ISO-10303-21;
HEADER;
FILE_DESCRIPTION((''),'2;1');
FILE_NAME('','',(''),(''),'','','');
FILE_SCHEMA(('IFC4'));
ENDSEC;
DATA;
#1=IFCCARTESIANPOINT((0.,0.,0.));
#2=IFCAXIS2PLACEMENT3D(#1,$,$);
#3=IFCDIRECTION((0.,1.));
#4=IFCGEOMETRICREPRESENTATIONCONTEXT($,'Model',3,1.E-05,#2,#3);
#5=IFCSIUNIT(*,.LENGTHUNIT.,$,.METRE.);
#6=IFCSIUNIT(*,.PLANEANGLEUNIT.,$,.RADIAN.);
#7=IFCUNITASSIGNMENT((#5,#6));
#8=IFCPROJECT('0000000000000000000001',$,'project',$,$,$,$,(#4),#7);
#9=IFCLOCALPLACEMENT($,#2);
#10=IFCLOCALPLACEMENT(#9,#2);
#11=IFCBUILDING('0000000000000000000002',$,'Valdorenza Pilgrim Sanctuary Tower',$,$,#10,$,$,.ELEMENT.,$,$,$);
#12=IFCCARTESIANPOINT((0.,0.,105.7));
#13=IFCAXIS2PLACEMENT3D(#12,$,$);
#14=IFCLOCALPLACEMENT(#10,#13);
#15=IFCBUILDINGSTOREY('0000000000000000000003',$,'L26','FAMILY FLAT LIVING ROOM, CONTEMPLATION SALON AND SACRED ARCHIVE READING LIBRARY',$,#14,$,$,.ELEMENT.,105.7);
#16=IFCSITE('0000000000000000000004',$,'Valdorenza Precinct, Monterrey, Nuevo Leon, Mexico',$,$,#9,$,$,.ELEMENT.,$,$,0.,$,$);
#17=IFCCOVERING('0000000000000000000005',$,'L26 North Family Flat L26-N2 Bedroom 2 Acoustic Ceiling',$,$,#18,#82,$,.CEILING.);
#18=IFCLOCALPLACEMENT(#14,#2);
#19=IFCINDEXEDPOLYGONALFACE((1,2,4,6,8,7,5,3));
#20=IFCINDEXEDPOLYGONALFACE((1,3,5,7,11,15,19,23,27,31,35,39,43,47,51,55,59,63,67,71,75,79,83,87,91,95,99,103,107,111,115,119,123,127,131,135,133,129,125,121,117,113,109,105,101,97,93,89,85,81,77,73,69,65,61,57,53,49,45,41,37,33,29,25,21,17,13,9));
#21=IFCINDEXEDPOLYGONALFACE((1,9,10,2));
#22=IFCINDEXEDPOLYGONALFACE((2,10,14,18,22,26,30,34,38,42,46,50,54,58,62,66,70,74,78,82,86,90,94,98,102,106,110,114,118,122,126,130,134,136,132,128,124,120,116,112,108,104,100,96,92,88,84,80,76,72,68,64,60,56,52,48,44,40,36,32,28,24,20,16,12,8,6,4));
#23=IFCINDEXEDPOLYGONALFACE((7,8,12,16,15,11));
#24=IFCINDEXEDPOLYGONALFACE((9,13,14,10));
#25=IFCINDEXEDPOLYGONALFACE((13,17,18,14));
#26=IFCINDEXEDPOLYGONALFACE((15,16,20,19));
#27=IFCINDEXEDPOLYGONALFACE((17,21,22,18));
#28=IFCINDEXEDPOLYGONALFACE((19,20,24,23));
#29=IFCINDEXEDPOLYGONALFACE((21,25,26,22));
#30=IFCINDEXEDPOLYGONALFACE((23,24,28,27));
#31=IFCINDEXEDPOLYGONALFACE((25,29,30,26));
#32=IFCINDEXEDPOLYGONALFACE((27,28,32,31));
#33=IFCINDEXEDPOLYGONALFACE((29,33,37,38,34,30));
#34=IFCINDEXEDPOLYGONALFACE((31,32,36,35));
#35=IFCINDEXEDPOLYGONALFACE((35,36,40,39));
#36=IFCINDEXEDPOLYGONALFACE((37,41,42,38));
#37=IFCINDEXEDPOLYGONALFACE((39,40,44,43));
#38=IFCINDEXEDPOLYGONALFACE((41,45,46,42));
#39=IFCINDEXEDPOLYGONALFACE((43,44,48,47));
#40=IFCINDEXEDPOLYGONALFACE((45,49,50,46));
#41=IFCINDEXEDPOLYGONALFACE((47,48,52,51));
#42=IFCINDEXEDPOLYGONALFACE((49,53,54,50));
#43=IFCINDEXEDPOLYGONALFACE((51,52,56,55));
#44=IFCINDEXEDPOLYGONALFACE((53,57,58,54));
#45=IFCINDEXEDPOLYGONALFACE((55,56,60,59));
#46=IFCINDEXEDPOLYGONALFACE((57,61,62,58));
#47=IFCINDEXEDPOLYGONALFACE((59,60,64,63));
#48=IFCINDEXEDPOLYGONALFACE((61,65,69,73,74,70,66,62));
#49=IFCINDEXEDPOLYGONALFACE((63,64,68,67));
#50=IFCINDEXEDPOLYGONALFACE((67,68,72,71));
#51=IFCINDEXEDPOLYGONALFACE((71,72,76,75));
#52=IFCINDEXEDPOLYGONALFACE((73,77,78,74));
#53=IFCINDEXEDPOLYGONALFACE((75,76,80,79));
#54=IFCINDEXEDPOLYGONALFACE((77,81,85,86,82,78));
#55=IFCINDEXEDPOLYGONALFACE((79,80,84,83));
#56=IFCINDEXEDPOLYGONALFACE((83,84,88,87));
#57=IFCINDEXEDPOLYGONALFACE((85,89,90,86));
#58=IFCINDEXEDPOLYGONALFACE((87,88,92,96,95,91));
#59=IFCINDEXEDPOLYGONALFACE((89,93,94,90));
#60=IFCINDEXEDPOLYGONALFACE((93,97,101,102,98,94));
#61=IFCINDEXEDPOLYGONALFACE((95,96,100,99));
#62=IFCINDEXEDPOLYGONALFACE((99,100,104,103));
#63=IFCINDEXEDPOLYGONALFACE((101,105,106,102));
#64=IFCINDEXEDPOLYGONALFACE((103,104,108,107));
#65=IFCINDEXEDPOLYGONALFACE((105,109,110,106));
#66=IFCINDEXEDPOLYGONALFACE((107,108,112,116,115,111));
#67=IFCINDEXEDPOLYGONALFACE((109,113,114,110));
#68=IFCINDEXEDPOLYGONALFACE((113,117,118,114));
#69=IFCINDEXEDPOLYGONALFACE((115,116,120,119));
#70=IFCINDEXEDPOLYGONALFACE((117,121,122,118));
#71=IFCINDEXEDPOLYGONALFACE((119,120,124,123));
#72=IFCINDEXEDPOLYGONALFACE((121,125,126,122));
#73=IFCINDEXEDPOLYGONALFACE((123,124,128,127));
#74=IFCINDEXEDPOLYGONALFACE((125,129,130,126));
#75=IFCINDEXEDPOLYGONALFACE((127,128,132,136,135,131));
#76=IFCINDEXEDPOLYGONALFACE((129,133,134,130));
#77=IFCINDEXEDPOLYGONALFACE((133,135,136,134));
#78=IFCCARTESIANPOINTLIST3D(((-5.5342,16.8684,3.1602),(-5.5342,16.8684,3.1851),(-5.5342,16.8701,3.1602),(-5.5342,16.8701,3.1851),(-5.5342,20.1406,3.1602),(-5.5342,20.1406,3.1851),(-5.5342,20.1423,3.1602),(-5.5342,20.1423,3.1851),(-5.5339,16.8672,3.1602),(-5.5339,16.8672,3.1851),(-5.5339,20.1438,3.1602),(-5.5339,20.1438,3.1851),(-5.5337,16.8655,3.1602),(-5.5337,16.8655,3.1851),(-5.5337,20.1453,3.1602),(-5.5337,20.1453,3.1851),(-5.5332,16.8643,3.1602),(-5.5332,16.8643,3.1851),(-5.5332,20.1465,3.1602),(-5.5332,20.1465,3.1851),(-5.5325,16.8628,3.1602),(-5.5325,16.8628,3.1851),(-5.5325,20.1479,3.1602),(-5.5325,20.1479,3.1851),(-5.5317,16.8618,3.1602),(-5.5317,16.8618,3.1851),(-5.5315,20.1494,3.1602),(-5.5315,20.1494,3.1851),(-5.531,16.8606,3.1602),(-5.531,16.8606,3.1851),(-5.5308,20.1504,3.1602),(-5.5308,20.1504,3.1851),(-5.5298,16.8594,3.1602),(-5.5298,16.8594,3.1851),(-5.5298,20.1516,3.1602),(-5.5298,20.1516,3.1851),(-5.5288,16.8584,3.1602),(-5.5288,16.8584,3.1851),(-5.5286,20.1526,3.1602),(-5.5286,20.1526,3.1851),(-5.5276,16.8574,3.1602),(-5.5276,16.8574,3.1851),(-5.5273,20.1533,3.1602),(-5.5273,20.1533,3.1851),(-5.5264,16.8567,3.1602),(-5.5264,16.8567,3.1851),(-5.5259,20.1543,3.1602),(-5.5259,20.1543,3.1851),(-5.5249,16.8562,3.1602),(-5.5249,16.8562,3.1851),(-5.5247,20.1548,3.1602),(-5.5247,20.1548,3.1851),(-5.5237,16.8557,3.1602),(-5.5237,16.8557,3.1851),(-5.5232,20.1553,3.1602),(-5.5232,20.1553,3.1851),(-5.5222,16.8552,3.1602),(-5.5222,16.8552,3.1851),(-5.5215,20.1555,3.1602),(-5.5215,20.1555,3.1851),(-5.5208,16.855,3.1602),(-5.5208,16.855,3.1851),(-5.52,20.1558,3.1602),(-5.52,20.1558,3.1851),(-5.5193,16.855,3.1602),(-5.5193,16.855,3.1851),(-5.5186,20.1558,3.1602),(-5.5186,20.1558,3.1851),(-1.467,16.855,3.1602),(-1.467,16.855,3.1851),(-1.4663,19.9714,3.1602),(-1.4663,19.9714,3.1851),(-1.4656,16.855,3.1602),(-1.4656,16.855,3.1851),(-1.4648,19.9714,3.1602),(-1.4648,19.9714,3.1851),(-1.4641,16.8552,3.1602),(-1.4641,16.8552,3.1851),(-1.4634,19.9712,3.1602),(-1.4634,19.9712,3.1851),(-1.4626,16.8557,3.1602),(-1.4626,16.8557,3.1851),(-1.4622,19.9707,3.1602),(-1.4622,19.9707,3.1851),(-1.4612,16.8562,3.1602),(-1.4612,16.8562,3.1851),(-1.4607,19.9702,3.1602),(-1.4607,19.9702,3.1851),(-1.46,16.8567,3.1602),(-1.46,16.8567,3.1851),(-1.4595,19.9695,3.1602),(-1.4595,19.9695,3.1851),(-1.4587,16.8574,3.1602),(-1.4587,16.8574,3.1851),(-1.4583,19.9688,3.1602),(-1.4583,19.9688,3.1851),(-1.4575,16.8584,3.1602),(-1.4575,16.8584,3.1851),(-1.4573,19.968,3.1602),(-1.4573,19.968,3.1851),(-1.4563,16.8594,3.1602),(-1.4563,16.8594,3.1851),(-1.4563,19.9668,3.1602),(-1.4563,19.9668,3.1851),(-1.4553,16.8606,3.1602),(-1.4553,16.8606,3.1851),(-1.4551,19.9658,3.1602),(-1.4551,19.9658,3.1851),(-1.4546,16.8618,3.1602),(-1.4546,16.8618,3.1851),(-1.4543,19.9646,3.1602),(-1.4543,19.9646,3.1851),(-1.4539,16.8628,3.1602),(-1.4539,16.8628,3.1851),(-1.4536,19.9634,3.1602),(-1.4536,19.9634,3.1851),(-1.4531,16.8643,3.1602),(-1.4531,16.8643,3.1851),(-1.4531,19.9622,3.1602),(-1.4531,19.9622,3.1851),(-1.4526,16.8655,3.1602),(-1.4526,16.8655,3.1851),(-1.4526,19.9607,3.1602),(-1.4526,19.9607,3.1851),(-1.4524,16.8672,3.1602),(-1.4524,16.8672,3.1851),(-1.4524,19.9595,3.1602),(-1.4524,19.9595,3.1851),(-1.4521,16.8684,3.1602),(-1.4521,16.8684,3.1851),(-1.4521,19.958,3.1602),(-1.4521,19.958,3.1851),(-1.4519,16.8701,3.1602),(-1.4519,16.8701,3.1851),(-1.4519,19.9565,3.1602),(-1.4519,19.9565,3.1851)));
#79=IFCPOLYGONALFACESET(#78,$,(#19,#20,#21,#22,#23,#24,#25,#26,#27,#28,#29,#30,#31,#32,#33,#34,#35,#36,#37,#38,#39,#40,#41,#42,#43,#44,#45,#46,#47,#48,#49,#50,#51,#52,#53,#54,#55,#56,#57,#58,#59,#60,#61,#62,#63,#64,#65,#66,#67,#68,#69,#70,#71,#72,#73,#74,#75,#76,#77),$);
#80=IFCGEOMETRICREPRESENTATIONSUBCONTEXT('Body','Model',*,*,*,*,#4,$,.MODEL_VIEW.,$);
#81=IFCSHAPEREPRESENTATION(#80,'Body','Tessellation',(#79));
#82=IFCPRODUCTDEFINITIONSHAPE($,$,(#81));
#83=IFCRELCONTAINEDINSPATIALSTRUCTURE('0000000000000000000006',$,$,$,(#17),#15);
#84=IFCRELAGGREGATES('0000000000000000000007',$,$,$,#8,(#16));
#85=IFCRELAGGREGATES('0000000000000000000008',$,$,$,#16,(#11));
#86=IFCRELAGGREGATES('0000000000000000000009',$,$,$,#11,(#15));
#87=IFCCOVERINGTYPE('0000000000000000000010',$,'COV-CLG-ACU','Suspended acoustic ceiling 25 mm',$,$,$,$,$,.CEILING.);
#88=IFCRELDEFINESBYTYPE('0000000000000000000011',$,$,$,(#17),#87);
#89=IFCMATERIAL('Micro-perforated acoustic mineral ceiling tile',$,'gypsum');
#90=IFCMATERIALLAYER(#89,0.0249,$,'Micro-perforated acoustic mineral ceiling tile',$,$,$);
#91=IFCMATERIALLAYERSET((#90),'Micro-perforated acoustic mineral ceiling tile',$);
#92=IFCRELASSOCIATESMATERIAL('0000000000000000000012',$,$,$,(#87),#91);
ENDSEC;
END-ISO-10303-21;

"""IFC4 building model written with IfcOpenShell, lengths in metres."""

from ifc_helpers import new_model, si_unit, direction, frame, origin, place, context, subcontext, project, spatial, polyline, outline, extrude, material, layer, layer_set, type_object, element, save


model = new_model("IFC4")

# Units and contexts
model_context = context("Model", 3, precision=1e-05, world=origin(), true_north=direction((0.0, 1.0)))
body_context = subcontext(model_context, "Body", "Model", "MODEL_VIEW")
ifc_project = project(units=[si_unit("LENGTHUNIT", "METRE"), si_unit("PLANEANGLEUNIT", "RADIAN")], contexts=[model_context])

# Site, building, storey
site_placement = place(None, origin())
site = spatial("IfcSite", under=ifc_project, at=site_placement, Name="Valdorenza Precinct, Monterrey, Nuevo Leon, Mexico", CompositionType="ELEMENT", RefElevation=0.0)
building_placement = place(site_placement, origin())
building = spatial("IfcBuilding", under=site, at=building_placement, Name="Valdorenza Pilgrim Sanctuary Tower", CompositionType="ELEMENT")
storey_placement = place(building_placement, frame((0.0, 0.0, 105.7)))
storey = spatial("IfcBuildingStorey", under=building, at=storey_placement, Name="L26", Description="FAMILY FLAT LIVING ROOM, CONTEMPLATION SALON AND SACRED ARCHIVE READING LIBRARY", CompositionType="ELEMENT", Elevation=105.7)

# Covering
ifc_material_1 = material(Name="Micro-perforated acoustic mineral ceiling tile", Category="gypsum")
ifc_layer_1 = layer(ifc_material_1, 0.0249, Name="Micro-perforated acoustic mineral ceiling tile")
ifc_layer_set_1 = layer_set([ifc_layer_1], Name="Micro-perforated acoustic mineral ceiling tile")
covering_type_1 = type_object("IfcCoveringType", Name="COV-CLG-ACU", Description="Suspended acoustic ceiling 25 mm", PredefinedType="CEILING", material=ifc_layer_set_1)
covering_1_placement = place(storey_placement, frame((0.0, 0.0, 3.1602)))
element("IfcCovering", 1, at=covering_1_placement, inside=storey, type_object=covering_type_1, Name="L26 North Family Flat L26-N2 Bedroom 2 Acoustic Ceiling", PredefinedType="CEILING", context=body_context, shape_type="SweptSolid", body=[
    extrude(outline(polyline([(-5.5193, 16.855), (-5.5208, 16.855), (-5.5222, 16.8552), (-5.5237, 16.8557), (-5.5249, 16.8562), (-5.5264, 16.8567), (-5.5276, 16.8574), (-5.5288, 16.8584), (-5.5298, 16.8594), (-5.531, 16.8606), (-5.5317, 16.8618), (-5.5325, 16.8628), (-5.5332, 16.8643), (-5.5337, 16.8655), (-5.5339, 16.8672), (-5.5342, 16.8684), (-5.5342, 16.8701), (-5.5342, 20.1406), (-5.5342, 20.1423), (-5.5339, 20.1438), (-5.5337, 20.1453), (-5.5332, 20.1465), (-5.5325, 20.1479), (-5.5315, 20.1494), (-5.5308, 20.1504), (-5.5298, 20.1516), (-5.5286, 20.1526), (-5.5273, 20.1533), (-5.5259, 20.1543), (-5.5247, 20.1548), (-5.5232, 20.1553), (-5.5215, 20.1555), (-5.52, 20.1558), (-5.5186, 20.1558), (-1.4663, 19.9714), (-1.4648, 19.9714), (-1.4634, 19.9712), (-1.4622, 19.9707), (-1.4607, 19.9702), (-1.4595, 19.9695), (-1.4583, 19.9688), (-1.4573, 19.968), (-1.4563, 19.9668), (-1.4551, 19.9658), (-1.4543, 19.9646), (-1.4536, 19.9634), (-1.4531, 19.9622), (-1.4526, 19.9607), (-1.4524, 19.9595), (-1.4521, 19.958), (-1.4519, 19.9565), (-1.4519, 16.8701), (-1.4521, 16.8684), (-1.4524, 16.8672), (-1.4526, 16.8655), (-1.4531, 16.8643), (-1.4539, 16.8628), (-1.4546, 16.8618), (-1.4553, 16.8606), (-1.4563, 16.8594), (-1.4575, 16.8584), (-1.4587, 16.8574), (-1.46, 16.8567), (-1.4612, 16.8562), (-1.4626, 16.8557), (-1.4641, 16.8552), (-1.4656, 16.855), (-1.467, 16.855), (-5.5193, 16.855)])), origin(), (0.0, 0.0, 1.0), 0.0249),
])

save(model, "model.ifc")
